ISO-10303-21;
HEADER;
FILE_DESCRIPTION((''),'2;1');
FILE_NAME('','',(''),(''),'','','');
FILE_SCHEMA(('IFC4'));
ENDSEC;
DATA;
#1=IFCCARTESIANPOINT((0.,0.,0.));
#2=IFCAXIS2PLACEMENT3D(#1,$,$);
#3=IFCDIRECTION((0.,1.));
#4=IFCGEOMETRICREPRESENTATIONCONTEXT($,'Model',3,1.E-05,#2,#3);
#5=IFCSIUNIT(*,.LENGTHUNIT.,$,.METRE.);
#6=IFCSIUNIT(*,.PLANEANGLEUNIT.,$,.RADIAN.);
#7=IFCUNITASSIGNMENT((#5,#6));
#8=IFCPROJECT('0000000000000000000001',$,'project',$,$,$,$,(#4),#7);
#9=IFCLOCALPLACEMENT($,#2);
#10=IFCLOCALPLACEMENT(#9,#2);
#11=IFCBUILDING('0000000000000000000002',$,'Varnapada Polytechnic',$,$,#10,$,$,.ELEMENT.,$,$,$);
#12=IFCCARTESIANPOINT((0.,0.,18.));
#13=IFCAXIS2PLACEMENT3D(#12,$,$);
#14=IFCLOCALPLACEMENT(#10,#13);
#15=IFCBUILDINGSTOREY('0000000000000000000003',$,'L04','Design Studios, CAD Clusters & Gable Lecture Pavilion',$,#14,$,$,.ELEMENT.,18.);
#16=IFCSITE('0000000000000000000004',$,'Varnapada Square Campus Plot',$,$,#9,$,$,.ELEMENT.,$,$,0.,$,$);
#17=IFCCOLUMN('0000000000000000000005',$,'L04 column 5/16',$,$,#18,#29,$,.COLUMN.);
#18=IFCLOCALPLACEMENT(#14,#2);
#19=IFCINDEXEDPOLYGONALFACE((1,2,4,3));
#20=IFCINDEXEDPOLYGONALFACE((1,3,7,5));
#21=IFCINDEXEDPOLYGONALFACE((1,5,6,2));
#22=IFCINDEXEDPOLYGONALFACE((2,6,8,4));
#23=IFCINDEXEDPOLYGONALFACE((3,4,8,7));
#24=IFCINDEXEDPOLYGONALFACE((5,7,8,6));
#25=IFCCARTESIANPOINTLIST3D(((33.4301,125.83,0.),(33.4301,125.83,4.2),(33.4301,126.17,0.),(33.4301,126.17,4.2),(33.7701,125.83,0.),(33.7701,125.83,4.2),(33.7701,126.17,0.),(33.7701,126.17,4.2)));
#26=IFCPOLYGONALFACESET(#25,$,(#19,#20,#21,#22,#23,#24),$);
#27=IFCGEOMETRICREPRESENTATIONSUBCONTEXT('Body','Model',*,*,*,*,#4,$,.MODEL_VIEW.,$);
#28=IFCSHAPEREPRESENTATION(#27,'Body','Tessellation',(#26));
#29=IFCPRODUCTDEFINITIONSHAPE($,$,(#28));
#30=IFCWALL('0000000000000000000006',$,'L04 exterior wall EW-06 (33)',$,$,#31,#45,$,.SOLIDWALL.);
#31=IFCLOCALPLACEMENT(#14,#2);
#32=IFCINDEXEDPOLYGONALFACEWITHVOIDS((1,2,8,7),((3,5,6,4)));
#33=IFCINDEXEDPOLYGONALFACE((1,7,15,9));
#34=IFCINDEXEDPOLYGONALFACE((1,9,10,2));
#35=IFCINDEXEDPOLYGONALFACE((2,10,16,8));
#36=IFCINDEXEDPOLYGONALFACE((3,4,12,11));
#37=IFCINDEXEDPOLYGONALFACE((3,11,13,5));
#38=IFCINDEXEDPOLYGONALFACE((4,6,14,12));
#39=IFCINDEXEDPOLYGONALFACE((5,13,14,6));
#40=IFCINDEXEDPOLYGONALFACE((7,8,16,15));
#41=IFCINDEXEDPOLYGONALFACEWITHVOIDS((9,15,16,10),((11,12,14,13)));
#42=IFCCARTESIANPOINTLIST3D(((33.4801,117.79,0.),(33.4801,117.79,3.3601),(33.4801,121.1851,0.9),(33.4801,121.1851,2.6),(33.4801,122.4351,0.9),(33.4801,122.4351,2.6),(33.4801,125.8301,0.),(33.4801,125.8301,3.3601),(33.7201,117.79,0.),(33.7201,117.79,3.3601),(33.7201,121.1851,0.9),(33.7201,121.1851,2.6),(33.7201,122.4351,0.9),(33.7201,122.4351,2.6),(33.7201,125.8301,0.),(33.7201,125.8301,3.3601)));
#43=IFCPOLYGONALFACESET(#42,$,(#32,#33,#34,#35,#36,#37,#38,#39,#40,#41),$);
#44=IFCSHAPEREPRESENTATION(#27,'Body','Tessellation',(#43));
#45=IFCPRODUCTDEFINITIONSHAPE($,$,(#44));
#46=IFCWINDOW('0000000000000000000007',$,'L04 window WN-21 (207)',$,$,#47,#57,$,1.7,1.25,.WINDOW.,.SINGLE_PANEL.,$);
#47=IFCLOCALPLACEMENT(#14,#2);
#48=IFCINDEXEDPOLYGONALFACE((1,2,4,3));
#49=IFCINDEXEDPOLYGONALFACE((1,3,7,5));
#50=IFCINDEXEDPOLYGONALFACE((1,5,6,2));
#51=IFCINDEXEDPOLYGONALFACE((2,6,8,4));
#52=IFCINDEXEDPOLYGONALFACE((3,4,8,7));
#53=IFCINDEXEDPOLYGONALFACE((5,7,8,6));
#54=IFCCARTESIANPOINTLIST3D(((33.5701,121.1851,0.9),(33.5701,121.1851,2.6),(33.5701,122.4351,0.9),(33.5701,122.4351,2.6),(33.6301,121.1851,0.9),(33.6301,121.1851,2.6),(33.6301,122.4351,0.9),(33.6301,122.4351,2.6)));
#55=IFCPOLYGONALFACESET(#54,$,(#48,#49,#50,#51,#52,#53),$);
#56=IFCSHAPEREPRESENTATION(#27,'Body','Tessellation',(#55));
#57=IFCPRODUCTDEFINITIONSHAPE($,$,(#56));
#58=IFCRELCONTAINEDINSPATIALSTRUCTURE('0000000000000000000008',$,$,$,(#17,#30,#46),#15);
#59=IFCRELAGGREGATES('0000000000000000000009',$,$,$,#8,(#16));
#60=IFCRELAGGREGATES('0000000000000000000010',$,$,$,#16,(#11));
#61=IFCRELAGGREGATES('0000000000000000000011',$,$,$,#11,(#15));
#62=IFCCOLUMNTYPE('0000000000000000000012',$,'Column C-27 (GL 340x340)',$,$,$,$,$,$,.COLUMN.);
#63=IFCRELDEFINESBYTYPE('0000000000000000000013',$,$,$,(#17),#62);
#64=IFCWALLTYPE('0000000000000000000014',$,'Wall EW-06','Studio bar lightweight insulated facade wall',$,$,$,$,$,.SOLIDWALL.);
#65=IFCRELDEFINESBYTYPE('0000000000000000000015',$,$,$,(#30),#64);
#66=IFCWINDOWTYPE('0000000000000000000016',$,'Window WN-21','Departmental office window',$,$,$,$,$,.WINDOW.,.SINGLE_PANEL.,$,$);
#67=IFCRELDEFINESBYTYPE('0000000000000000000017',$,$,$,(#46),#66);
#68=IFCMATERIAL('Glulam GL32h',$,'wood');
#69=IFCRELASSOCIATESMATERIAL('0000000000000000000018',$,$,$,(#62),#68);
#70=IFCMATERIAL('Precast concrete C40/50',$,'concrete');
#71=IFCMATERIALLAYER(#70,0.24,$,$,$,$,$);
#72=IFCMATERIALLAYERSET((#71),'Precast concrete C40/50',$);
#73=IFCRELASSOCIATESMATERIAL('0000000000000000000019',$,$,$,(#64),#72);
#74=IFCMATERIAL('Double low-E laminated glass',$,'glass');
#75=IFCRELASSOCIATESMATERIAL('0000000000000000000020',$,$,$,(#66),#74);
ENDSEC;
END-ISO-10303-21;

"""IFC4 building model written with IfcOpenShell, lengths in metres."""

from ifc_helpers import new_model, si_unit, direction, frame, frame_2d, origin, origin_2d, place, context, subcontext, project, spatial, rectangle, extrude, material, layer, layer_set, material_profile, profile_set, type_object, element, fill, save


model = new_model("IFC4")

# Units and contexts
model_context = context("Model", 3, precision=1e-05, world=origin(), true_north=direction((0.0, 1.0)))
body_context = subcontext(model_context, "Body", "Model", "MODEL_VIEW")
ifc_project = project(units=[si_unit("LENGTHUNIT", "METRE"), si_unit("PLANEANGLEUNIT", "RADIAN")], contexts=[model_context])

# Site, building, storey
site_placement = place(None, origin())
site = spatial("IfcSite", under=ifc_project, at=site_placement, Name="Varnapada Square Campus Plot", CompositionType="ELEMENT", RefElevation=0.0)
building_placement = place(site_placement, origin())
building = spatial("IfcBuilding", under=site, at=building_placement, Name="Varnapada Polytechnic", CompositionType="ELEMENT")
storey_placement = place(building_placement, frame((0.0, 0.0, 18.0)))
storey = spatial("IfcBuildingStorey", under=building, at=storey_placement, Name="L04", Description="Design Studios, CAD Clusters & Gable Lecture Pavilion", CompositionType="ELEMENT", Elevation=18.0)

# Column
ifc_material_1 = material(Name="Glulam GL32h", Category="wood")
ifc_material_profile = material_profile(ifc_material_1, rectangle(XDim=0.3401, YDim=0.3401, at=origin_2d()), Name="GL 340x340")
ifc_profile_set = profile_set([ifc_material_profile], Name="Glulam GL32h")
column_type = type_object("IfcColumnType", Name="Column C-27 (GL 340x340)", PredefinedType="COLUMN", material=ifc_profile_set)
column_placement = place(storey_placement, frame((33.6001, 126.0, 0.0), z_axis=(0.0, 0.0, 1.0), x_axis=(1.0, 0.0, 0.0)))
element("IfcColumn", 1, at=column_placement, inside=storey, type_object=column_type, Name="L04 column 5/16", PredefinedType="COLUMN", context=body_context, shape_type="SweptSolid", body=[
    extrude(rectangle(XDim=0.3401, YDim=0.3401, at=origin_2d()), origin(), (0.0, 0.0, 1.0), 4.2),
])

# Wall, opening, window
ifc_material_2 = material(Name="Precast concrete C40/50", Category="concrete")
ifc_layer_1 = layer(ifc_material_2, 0.24)
ifc_layer_set_1 = layer_set([ifc_layer_1], Name="Precast concrete C40/50")
wall_type = type_object("IfcWallType", Name="Wall EW-06", Description="Studio bar lightweight insulated facade wall", PredefinedType="SOLIDWALL", material=ifc_layer_set_1)
wall_placement = place(storey_placement, frame((33.6001, 125.8301, 0.0), z_axis=(0.0, 0.0, 1.0), x_axis=(0.0, -1.0, 0.0)))
wall = element("IfcWall", 2, at=wall_placement, inside=storey, type_object=wall_type, Name="L04 exterior wall EW-06 (33)", PredefinedType="SOLIDWALL", context=body_context, shape_type="SweptSolid", body=[
    extrude(rectangle(XDim=8.04, YDim=0.24, at=frame_2d((4.02, 0.0))), origin(), (0.0, 0.0, 1.0), 3.3601),
])
opening_1_placement = place(wall_placement, frame((3.395, 0.0, 0.8999)))
opening_1 = element("IfcOpeningElement", 3, at=opening_1_placement, cuts=wall, PredefinedType="OPENING", context=body_context, shape_type="SweptSolid", body=[
    extrude(rectangle(XDim=1.25, YDim=1.7, at=frame_2d((0.625, 0.8501))), frame((0.0, 0.1299, 0.0), z_axis=(0.0, -1.0, 0.0), x_axis=(1.0, 0.0, 0.0)), (0.0, 0.0, 1.0), 0.26),
])
ifc_material_3 = material(Name="Double low-E laminated glass", Category="glass")
window_type = type_object("IfcWindowType", Name="Window WN-21", Description="Departmental office window", PartitioningType="SINGLE_PANEL", PredefinedType="WINDOW", material=ifc_material_3)
window_placement = place(opening_1_placement, origin())
window = element("IfcWindow", 4, at=window_placement, inside=storey, type_object=window_type, Name="L04 window WN-21 (207)", OverallHeight=1.7, OverallWidth=1.25, PartitioningType="SINGLE_PANEL", PredefinedType="WINDOW", context=body_context, shape_type="SweptSolid", body=[
    extrude(rectangle(XDim=1.25, YDim=1.7, at=frame_2d((0.625, 0.8501))), frame((0.0, 0.03, 0.0), z_axis=(0.0, -1.0, 0.0), x_axis=(1.0, 0.0, 0.0)), (0.0, 0.0, 1.0), 0.0601),
])
fill(opening_1, window)

save(model, "model.ifc")
